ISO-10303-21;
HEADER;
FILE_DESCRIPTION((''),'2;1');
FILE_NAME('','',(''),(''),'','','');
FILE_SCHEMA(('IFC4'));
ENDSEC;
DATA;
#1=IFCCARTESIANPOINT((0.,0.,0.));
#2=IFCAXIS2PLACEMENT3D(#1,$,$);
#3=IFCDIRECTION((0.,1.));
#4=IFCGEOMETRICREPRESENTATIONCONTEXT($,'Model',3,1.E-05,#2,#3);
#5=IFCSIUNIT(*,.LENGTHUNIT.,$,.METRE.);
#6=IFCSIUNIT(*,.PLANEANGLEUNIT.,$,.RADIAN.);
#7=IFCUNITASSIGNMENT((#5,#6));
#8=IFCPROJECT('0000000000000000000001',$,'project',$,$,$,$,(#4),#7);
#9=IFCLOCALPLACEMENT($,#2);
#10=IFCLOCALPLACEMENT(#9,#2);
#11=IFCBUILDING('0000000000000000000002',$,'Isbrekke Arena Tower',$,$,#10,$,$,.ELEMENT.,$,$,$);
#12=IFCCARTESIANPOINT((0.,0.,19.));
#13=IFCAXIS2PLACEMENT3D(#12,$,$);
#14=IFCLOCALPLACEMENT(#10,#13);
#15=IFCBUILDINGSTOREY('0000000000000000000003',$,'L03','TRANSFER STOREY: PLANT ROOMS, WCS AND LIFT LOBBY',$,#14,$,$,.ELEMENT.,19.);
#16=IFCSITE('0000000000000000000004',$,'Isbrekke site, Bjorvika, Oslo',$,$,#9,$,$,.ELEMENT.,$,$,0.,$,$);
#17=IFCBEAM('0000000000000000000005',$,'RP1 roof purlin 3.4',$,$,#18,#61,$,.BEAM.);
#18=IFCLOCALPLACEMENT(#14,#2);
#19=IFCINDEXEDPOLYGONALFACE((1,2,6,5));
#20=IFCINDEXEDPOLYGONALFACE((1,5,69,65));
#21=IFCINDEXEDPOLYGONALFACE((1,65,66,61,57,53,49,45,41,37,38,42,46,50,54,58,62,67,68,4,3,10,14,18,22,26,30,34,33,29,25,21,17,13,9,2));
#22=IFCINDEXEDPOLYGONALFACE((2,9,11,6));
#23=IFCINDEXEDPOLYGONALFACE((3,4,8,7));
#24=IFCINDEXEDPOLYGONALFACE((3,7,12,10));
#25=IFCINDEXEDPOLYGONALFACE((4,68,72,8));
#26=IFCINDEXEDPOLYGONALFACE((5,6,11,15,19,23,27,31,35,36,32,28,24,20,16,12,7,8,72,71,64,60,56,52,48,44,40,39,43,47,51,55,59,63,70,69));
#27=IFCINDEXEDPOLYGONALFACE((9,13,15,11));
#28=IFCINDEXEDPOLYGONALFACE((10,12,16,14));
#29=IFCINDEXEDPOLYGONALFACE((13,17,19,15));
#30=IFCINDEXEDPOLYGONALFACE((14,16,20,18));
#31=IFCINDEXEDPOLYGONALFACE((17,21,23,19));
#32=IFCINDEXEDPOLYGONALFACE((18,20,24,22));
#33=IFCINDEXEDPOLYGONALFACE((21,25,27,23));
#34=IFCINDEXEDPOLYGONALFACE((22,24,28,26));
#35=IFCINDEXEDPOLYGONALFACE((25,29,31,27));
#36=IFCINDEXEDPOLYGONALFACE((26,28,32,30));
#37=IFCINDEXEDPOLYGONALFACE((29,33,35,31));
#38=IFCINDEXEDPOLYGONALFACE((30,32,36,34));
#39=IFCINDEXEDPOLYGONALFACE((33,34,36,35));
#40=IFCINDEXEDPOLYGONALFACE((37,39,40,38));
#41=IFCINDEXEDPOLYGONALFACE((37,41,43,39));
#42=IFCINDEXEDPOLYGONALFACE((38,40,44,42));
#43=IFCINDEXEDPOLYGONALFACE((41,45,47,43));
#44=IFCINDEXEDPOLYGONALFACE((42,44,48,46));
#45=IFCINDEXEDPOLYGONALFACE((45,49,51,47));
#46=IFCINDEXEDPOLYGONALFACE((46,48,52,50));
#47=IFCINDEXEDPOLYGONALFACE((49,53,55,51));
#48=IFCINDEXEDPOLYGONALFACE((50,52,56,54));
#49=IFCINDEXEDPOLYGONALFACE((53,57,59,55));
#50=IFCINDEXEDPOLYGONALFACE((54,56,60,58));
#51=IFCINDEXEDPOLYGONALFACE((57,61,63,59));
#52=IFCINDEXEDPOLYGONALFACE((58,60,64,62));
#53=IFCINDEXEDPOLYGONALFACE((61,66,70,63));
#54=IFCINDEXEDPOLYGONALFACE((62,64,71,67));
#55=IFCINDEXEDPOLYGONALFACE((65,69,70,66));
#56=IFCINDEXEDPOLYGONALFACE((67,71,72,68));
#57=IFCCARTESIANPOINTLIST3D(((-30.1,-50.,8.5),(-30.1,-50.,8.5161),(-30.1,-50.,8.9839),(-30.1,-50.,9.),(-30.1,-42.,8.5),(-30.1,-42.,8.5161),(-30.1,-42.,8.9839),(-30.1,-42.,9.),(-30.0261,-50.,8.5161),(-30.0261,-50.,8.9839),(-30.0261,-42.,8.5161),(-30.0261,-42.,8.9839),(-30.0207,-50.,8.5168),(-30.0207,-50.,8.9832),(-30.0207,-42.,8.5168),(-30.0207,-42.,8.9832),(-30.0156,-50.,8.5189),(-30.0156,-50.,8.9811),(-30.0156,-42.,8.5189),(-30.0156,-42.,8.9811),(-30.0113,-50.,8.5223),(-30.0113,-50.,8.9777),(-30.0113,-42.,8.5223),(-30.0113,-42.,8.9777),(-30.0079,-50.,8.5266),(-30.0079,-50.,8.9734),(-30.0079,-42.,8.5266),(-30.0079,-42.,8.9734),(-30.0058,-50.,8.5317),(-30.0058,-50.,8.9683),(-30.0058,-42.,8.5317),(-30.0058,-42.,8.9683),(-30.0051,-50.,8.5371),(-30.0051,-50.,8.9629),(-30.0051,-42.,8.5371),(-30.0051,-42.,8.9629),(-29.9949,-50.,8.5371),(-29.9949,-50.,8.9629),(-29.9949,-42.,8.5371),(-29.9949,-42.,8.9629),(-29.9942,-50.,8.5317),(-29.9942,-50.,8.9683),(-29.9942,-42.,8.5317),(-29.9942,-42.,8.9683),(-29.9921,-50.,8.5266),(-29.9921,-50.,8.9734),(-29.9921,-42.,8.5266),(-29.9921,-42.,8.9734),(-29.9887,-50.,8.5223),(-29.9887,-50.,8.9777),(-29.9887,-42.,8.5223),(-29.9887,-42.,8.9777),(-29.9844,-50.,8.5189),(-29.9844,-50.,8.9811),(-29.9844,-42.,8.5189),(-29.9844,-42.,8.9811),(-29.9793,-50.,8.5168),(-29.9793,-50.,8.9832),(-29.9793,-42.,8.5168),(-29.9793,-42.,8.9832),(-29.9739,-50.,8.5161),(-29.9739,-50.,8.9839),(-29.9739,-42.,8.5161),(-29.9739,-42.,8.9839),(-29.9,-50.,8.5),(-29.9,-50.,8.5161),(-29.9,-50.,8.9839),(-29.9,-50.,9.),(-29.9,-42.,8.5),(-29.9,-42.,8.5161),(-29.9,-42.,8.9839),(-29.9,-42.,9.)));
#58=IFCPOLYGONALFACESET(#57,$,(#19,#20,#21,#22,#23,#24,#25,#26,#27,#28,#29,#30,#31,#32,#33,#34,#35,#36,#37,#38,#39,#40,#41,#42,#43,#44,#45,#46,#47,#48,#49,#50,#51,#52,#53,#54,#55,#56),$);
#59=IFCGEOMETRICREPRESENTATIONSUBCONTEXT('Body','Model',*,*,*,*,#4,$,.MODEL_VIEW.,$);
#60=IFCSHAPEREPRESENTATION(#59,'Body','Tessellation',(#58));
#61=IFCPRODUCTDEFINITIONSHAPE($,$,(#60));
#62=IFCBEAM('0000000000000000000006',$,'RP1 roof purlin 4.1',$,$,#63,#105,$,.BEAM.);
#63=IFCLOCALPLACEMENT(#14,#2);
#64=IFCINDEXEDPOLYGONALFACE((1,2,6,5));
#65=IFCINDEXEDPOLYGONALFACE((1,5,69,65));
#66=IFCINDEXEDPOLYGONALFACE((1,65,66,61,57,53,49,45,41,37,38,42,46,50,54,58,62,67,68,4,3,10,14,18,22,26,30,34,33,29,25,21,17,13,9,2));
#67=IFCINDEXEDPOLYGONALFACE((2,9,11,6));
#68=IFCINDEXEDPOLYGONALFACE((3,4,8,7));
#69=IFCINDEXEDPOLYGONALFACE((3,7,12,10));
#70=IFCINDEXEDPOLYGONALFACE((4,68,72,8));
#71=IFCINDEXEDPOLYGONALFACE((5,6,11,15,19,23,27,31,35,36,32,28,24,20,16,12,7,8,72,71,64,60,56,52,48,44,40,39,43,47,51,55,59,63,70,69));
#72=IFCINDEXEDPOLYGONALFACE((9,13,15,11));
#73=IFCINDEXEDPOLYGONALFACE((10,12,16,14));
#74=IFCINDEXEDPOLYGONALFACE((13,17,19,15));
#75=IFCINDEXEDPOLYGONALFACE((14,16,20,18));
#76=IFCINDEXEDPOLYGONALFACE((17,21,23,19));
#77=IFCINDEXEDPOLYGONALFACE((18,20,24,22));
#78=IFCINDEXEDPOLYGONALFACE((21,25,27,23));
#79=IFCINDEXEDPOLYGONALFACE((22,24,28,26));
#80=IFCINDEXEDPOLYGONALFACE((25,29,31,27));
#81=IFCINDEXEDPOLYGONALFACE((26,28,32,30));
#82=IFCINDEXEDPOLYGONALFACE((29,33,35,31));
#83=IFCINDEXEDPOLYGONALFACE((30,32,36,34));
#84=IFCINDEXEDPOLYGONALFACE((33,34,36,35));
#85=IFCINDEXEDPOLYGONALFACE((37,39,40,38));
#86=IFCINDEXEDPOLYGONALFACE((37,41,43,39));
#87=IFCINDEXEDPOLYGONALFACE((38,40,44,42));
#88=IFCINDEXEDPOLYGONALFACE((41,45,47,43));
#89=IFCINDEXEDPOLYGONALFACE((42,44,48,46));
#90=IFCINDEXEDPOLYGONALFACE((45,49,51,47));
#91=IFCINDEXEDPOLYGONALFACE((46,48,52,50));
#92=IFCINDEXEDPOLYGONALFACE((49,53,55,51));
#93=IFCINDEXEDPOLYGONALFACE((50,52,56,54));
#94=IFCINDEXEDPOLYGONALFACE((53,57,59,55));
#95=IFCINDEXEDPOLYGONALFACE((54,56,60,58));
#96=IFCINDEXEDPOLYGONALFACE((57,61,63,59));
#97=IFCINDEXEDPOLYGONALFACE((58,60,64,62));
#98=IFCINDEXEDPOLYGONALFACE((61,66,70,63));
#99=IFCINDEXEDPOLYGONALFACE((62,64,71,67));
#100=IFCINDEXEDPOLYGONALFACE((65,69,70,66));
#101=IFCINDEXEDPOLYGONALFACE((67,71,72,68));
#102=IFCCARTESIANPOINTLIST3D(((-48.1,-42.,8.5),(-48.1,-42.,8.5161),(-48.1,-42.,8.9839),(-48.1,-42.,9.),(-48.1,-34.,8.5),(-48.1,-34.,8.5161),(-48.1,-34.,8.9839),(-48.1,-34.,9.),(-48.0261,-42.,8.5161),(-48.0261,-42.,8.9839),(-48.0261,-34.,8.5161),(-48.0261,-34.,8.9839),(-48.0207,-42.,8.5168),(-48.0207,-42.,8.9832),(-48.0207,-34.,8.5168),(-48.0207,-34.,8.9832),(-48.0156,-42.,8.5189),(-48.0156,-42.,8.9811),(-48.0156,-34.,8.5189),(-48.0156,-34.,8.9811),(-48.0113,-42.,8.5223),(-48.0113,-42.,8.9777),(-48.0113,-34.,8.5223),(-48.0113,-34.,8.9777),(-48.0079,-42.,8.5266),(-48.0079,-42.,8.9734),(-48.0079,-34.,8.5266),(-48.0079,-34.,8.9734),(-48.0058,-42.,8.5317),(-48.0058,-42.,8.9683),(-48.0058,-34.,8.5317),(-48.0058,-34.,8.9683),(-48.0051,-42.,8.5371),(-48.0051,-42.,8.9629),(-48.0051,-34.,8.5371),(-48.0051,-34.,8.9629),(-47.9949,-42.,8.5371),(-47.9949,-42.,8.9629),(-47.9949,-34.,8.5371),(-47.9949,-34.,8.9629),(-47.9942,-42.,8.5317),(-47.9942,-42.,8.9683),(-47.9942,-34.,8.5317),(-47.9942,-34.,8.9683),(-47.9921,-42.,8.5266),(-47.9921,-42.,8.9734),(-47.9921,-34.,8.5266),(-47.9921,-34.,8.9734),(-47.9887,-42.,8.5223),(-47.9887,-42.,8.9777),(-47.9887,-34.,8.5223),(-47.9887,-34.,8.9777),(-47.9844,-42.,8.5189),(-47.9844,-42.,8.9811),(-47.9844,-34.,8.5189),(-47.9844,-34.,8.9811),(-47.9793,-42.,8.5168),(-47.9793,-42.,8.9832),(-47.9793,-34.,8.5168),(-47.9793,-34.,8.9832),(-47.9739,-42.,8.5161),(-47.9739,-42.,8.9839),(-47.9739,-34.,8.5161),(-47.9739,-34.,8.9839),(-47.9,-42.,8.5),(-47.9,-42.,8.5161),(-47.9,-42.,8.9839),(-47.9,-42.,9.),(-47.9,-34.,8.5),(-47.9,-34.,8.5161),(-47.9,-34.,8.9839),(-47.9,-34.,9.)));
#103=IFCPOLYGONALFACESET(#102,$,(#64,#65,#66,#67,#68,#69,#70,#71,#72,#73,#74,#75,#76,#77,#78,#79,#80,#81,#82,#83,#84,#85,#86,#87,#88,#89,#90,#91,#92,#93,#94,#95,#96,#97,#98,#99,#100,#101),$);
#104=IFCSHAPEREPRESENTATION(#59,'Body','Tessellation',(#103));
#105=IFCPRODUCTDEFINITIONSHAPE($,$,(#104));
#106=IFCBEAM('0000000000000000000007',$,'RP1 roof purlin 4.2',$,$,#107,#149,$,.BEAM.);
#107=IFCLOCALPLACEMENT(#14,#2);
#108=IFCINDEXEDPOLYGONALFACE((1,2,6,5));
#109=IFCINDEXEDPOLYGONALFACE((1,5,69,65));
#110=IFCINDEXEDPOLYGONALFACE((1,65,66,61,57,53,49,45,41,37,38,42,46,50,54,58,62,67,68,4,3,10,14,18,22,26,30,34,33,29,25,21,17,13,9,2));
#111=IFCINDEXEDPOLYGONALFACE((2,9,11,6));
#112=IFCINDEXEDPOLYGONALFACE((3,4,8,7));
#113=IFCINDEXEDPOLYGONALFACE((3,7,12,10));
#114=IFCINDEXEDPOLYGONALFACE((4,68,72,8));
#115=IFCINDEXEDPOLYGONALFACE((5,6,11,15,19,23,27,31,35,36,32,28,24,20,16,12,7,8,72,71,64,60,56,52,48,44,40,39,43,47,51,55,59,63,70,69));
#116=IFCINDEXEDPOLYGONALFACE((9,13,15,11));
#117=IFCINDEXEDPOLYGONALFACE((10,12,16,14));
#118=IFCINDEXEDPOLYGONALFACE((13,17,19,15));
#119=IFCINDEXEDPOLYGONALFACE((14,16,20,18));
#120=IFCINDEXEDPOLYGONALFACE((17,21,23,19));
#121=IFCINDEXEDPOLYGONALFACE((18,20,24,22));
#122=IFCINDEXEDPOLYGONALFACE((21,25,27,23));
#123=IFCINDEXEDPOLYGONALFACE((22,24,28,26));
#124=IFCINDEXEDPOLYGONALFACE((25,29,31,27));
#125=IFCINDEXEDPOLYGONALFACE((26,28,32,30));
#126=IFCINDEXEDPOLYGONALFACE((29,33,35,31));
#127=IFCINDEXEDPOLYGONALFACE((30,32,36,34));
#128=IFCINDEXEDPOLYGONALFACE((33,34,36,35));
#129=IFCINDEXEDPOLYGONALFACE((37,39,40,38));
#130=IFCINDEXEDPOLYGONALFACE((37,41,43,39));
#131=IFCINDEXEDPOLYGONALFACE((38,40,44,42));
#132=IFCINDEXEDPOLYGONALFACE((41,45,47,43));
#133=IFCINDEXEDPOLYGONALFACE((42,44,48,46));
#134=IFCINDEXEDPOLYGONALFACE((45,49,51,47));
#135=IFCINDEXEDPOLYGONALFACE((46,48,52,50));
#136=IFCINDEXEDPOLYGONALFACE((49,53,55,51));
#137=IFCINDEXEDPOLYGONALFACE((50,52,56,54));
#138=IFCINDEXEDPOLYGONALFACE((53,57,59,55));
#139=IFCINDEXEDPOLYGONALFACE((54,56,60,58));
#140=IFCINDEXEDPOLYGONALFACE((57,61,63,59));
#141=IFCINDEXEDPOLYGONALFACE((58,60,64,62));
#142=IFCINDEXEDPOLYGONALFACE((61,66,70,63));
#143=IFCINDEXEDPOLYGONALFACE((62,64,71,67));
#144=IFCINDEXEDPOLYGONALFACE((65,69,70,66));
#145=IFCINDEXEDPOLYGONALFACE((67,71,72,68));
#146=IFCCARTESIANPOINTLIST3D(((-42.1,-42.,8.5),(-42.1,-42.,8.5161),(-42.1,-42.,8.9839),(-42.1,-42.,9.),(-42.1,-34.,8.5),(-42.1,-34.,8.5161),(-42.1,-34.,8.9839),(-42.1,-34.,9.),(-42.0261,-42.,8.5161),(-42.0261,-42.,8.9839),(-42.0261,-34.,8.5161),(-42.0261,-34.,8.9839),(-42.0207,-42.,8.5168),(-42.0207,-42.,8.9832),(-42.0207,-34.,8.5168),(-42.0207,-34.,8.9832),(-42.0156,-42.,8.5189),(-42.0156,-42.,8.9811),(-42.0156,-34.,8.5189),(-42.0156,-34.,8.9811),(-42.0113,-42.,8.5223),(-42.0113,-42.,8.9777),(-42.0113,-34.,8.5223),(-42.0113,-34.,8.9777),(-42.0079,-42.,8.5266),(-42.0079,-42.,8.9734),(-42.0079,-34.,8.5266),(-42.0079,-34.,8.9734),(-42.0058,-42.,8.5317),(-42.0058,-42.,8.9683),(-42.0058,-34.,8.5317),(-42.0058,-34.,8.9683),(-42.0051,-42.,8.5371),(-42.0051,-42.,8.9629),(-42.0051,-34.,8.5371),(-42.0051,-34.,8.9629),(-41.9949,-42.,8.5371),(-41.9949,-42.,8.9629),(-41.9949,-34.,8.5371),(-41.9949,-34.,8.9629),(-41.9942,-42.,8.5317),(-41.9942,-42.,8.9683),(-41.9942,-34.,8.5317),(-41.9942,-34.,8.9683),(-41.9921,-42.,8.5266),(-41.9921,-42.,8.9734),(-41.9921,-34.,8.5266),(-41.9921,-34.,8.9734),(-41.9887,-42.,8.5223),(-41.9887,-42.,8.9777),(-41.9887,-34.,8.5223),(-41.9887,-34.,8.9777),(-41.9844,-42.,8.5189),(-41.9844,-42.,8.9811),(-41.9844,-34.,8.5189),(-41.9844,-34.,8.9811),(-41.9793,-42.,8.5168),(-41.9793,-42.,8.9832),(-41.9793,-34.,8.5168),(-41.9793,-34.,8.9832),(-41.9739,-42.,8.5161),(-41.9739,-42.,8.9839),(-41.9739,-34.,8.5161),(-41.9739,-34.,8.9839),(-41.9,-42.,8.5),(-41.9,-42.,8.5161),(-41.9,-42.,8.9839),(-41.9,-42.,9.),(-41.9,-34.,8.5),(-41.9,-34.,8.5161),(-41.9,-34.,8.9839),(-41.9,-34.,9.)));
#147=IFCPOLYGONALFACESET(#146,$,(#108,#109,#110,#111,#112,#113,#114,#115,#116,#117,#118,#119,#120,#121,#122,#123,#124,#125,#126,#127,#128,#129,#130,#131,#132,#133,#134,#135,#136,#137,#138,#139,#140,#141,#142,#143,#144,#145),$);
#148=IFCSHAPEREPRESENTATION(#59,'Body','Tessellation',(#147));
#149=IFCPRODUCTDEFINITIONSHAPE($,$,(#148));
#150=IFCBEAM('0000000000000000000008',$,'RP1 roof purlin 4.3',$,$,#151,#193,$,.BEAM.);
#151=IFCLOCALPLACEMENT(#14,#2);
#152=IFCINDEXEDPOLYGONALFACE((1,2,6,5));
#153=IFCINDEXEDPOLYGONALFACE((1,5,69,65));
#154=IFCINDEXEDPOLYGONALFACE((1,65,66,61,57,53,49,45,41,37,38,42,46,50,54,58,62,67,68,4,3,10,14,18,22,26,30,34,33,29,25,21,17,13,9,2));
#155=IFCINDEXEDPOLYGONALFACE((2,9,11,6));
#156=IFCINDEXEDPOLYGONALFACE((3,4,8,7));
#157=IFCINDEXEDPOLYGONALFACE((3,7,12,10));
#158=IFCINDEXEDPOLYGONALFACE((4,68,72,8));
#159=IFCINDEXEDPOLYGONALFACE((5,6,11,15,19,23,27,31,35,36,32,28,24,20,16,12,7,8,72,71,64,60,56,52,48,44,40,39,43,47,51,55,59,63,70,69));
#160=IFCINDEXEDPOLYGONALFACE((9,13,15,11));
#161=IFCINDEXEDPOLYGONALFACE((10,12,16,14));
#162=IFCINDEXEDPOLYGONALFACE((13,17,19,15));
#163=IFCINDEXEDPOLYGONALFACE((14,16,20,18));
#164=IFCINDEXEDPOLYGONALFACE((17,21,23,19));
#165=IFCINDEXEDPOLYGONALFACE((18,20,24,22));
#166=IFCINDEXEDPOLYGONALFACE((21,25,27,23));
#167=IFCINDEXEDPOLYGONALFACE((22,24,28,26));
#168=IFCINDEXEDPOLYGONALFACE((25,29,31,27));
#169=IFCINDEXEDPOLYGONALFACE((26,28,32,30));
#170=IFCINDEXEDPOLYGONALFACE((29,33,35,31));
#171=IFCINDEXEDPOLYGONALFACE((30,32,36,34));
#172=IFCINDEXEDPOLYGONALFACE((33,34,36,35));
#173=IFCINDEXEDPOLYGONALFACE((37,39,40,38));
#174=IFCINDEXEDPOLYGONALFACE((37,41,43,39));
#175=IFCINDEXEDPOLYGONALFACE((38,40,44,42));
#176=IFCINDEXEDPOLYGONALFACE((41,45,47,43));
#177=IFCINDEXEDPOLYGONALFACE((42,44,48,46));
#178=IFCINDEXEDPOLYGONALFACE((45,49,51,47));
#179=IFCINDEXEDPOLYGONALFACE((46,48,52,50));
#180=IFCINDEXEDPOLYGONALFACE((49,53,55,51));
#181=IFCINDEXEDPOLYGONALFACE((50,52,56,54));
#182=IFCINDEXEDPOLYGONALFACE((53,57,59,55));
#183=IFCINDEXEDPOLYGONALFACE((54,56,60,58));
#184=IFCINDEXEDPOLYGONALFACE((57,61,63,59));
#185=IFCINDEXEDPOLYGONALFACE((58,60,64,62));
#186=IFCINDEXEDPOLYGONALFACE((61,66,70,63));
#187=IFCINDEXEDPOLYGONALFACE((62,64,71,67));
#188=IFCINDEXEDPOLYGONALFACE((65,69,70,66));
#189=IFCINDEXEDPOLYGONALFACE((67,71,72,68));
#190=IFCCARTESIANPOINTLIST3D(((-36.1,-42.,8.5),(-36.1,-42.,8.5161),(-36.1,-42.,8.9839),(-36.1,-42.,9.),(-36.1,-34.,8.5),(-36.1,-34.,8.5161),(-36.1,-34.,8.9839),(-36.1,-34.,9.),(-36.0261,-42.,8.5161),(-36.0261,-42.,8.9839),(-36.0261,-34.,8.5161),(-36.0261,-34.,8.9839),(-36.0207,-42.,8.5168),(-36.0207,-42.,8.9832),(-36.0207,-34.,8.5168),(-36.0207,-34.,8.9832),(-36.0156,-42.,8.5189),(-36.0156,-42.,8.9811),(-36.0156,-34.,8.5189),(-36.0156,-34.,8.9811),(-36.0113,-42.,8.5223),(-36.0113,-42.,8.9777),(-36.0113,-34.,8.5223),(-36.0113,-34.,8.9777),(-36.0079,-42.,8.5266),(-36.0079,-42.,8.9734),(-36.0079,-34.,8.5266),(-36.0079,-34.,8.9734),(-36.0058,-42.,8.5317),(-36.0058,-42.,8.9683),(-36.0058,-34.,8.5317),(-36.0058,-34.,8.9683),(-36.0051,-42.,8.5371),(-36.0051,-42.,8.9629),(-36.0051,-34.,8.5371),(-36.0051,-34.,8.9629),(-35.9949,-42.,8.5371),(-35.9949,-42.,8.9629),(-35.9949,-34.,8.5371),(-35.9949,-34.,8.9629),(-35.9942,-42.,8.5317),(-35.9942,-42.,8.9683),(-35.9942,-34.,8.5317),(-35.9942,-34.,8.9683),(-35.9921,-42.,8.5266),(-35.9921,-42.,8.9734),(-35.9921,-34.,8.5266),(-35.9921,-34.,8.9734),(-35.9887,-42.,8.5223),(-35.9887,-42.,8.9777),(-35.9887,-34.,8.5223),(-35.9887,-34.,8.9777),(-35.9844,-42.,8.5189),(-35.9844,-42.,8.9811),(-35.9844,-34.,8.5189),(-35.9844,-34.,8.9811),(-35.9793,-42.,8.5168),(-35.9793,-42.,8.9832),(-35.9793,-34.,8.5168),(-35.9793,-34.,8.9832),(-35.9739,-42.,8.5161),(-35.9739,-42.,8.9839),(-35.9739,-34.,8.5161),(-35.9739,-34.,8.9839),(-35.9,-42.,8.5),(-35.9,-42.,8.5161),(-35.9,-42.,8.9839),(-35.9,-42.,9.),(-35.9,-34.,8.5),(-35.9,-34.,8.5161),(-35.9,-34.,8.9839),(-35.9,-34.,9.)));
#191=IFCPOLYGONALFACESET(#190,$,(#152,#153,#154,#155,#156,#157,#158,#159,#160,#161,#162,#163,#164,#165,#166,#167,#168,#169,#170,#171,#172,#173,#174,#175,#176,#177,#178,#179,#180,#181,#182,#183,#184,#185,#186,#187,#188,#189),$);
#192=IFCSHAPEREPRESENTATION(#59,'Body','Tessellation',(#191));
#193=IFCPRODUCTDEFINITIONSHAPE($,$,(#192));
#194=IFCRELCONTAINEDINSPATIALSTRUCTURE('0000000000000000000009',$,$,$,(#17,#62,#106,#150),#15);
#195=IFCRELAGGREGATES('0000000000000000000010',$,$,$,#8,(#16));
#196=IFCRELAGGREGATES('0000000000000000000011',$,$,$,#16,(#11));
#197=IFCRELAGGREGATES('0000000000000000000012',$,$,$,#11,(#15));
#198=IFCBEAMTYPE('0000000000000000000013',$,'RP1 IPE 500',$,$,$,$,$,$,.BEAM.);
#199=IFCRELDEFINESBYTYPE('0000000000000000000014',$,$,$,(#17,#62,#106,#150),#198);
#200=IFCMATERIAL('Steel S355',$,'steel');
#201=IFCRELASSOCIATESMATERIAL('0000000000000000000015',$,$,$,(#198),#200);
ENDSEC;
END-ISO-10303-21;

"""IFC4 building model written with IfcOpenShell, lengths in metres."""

from ifc_helpers import new_model, si_unit, direction, frame, origin, origin_2d, place, context, subcontext, project, spatial, i_section, extrude, material, material_profile, profile_set, type_object, element, save


model = new_model("IFC4")

# Units and contexts
model_context = context("Model", 3, precision=1e-05, world=origin(), true_north=direction((0.0, 1.0)))
body_context = subcontext(model_context, "Body", "Model", "MODEL_VIEW")
ifc_project = project(units=[si_unit("LENGTHUNIT", "METRE"), si_unit("PLANEANGLEUNIT", "RADIAN")], contexts=[model_context])

# Site, building, storey
site_placement = place(None, origin())
site = spatial("IfcSite", under=ifc_project, at=site_placement, Name="Isbrekke site, Bjorvika, Oslo", CompositionType="ELEMENT", RefElevation=0.0)
building_placement = place(site_placement, origin())
building = spatial("IfcBuilding", under=site, at=building_placement, Name="Isbrekke Arena Tower", CompositionType="ELEMENT")
storey_placement = place(building_placement, frame((0.0, 0.0, 19.0)))
storey = spatial("IfcBuildingStorey", under=building, at=storey_placement, Name="L03", Description="TRANSFER STOREY: PLANT ROOMS, WCS AND LIFT LOBBY", CompositionType="ELEMENT", Elevation=19.0)

# Beams
ifc_material_1 = material(Name="Steel S355", Category="steel")
ifc_material_profile_1 = material_profile(ifc_material_1, i_section(OverallWidth=0.2, OverallDepth=0.5, WebThickness=0.0103, FlangeThickness=0.0161, FilletRadius=0.021, at=origin_2d()), Name="IPE 500")
ifc_profile_set_1 = profile_set([ifc_material_profile_1], Name="Steel S355")
beam_type = type_object("IfcBeamType", Name="RP1 IPE 500", PredefinedType="BEAM", material=ifc_profile_set_1)
for number, where, z_axis, x_axis, name in (
    (1, (-30.0, -50.0, 8.75), (0.0, 1.0, 0.0), (-1.0, 0.0, 0.0), "RP1 roof purlin 3.4"),
    (2, (-48.0, -42.0, 8.75), (0.0, 1.0, 0.0), (-1.0, 0.0, 0.0), "RP1 roof purlin 4.1"),
    (3, (-42.0, -42.0, 8.75), (0.0, 1.0, 0.0), (-1.0, 0.0, 0.0), "RP1 roof purlin 4.2"),
    (4, (-36.0, -42.0, 8.75), (0.0, 1.0, 0.0), (-1.0, 0.0, 0.0), "RP1 roof purlin 4.3"),
):
    element("IfcBeam", number, at=place(storey_placement, frame(where, z_axis=z_axis, x_axis=x_axis)), inside=storey, type_object=beam_type, Name=name, PredefinedType="BEAM", context=body_context, shape_type="SweptSolid", body=[
        extrude(i_section(OverallWidth=0.2, OverallDepth=0.5, WebThickness=0.0103, FlangeThickness=0.0161, FilletRadius=0.021, at=origin_2d()), origin(), (0.0, 0.0, 1.0), 8.0),
    ])

save(model, "model.ifc")
